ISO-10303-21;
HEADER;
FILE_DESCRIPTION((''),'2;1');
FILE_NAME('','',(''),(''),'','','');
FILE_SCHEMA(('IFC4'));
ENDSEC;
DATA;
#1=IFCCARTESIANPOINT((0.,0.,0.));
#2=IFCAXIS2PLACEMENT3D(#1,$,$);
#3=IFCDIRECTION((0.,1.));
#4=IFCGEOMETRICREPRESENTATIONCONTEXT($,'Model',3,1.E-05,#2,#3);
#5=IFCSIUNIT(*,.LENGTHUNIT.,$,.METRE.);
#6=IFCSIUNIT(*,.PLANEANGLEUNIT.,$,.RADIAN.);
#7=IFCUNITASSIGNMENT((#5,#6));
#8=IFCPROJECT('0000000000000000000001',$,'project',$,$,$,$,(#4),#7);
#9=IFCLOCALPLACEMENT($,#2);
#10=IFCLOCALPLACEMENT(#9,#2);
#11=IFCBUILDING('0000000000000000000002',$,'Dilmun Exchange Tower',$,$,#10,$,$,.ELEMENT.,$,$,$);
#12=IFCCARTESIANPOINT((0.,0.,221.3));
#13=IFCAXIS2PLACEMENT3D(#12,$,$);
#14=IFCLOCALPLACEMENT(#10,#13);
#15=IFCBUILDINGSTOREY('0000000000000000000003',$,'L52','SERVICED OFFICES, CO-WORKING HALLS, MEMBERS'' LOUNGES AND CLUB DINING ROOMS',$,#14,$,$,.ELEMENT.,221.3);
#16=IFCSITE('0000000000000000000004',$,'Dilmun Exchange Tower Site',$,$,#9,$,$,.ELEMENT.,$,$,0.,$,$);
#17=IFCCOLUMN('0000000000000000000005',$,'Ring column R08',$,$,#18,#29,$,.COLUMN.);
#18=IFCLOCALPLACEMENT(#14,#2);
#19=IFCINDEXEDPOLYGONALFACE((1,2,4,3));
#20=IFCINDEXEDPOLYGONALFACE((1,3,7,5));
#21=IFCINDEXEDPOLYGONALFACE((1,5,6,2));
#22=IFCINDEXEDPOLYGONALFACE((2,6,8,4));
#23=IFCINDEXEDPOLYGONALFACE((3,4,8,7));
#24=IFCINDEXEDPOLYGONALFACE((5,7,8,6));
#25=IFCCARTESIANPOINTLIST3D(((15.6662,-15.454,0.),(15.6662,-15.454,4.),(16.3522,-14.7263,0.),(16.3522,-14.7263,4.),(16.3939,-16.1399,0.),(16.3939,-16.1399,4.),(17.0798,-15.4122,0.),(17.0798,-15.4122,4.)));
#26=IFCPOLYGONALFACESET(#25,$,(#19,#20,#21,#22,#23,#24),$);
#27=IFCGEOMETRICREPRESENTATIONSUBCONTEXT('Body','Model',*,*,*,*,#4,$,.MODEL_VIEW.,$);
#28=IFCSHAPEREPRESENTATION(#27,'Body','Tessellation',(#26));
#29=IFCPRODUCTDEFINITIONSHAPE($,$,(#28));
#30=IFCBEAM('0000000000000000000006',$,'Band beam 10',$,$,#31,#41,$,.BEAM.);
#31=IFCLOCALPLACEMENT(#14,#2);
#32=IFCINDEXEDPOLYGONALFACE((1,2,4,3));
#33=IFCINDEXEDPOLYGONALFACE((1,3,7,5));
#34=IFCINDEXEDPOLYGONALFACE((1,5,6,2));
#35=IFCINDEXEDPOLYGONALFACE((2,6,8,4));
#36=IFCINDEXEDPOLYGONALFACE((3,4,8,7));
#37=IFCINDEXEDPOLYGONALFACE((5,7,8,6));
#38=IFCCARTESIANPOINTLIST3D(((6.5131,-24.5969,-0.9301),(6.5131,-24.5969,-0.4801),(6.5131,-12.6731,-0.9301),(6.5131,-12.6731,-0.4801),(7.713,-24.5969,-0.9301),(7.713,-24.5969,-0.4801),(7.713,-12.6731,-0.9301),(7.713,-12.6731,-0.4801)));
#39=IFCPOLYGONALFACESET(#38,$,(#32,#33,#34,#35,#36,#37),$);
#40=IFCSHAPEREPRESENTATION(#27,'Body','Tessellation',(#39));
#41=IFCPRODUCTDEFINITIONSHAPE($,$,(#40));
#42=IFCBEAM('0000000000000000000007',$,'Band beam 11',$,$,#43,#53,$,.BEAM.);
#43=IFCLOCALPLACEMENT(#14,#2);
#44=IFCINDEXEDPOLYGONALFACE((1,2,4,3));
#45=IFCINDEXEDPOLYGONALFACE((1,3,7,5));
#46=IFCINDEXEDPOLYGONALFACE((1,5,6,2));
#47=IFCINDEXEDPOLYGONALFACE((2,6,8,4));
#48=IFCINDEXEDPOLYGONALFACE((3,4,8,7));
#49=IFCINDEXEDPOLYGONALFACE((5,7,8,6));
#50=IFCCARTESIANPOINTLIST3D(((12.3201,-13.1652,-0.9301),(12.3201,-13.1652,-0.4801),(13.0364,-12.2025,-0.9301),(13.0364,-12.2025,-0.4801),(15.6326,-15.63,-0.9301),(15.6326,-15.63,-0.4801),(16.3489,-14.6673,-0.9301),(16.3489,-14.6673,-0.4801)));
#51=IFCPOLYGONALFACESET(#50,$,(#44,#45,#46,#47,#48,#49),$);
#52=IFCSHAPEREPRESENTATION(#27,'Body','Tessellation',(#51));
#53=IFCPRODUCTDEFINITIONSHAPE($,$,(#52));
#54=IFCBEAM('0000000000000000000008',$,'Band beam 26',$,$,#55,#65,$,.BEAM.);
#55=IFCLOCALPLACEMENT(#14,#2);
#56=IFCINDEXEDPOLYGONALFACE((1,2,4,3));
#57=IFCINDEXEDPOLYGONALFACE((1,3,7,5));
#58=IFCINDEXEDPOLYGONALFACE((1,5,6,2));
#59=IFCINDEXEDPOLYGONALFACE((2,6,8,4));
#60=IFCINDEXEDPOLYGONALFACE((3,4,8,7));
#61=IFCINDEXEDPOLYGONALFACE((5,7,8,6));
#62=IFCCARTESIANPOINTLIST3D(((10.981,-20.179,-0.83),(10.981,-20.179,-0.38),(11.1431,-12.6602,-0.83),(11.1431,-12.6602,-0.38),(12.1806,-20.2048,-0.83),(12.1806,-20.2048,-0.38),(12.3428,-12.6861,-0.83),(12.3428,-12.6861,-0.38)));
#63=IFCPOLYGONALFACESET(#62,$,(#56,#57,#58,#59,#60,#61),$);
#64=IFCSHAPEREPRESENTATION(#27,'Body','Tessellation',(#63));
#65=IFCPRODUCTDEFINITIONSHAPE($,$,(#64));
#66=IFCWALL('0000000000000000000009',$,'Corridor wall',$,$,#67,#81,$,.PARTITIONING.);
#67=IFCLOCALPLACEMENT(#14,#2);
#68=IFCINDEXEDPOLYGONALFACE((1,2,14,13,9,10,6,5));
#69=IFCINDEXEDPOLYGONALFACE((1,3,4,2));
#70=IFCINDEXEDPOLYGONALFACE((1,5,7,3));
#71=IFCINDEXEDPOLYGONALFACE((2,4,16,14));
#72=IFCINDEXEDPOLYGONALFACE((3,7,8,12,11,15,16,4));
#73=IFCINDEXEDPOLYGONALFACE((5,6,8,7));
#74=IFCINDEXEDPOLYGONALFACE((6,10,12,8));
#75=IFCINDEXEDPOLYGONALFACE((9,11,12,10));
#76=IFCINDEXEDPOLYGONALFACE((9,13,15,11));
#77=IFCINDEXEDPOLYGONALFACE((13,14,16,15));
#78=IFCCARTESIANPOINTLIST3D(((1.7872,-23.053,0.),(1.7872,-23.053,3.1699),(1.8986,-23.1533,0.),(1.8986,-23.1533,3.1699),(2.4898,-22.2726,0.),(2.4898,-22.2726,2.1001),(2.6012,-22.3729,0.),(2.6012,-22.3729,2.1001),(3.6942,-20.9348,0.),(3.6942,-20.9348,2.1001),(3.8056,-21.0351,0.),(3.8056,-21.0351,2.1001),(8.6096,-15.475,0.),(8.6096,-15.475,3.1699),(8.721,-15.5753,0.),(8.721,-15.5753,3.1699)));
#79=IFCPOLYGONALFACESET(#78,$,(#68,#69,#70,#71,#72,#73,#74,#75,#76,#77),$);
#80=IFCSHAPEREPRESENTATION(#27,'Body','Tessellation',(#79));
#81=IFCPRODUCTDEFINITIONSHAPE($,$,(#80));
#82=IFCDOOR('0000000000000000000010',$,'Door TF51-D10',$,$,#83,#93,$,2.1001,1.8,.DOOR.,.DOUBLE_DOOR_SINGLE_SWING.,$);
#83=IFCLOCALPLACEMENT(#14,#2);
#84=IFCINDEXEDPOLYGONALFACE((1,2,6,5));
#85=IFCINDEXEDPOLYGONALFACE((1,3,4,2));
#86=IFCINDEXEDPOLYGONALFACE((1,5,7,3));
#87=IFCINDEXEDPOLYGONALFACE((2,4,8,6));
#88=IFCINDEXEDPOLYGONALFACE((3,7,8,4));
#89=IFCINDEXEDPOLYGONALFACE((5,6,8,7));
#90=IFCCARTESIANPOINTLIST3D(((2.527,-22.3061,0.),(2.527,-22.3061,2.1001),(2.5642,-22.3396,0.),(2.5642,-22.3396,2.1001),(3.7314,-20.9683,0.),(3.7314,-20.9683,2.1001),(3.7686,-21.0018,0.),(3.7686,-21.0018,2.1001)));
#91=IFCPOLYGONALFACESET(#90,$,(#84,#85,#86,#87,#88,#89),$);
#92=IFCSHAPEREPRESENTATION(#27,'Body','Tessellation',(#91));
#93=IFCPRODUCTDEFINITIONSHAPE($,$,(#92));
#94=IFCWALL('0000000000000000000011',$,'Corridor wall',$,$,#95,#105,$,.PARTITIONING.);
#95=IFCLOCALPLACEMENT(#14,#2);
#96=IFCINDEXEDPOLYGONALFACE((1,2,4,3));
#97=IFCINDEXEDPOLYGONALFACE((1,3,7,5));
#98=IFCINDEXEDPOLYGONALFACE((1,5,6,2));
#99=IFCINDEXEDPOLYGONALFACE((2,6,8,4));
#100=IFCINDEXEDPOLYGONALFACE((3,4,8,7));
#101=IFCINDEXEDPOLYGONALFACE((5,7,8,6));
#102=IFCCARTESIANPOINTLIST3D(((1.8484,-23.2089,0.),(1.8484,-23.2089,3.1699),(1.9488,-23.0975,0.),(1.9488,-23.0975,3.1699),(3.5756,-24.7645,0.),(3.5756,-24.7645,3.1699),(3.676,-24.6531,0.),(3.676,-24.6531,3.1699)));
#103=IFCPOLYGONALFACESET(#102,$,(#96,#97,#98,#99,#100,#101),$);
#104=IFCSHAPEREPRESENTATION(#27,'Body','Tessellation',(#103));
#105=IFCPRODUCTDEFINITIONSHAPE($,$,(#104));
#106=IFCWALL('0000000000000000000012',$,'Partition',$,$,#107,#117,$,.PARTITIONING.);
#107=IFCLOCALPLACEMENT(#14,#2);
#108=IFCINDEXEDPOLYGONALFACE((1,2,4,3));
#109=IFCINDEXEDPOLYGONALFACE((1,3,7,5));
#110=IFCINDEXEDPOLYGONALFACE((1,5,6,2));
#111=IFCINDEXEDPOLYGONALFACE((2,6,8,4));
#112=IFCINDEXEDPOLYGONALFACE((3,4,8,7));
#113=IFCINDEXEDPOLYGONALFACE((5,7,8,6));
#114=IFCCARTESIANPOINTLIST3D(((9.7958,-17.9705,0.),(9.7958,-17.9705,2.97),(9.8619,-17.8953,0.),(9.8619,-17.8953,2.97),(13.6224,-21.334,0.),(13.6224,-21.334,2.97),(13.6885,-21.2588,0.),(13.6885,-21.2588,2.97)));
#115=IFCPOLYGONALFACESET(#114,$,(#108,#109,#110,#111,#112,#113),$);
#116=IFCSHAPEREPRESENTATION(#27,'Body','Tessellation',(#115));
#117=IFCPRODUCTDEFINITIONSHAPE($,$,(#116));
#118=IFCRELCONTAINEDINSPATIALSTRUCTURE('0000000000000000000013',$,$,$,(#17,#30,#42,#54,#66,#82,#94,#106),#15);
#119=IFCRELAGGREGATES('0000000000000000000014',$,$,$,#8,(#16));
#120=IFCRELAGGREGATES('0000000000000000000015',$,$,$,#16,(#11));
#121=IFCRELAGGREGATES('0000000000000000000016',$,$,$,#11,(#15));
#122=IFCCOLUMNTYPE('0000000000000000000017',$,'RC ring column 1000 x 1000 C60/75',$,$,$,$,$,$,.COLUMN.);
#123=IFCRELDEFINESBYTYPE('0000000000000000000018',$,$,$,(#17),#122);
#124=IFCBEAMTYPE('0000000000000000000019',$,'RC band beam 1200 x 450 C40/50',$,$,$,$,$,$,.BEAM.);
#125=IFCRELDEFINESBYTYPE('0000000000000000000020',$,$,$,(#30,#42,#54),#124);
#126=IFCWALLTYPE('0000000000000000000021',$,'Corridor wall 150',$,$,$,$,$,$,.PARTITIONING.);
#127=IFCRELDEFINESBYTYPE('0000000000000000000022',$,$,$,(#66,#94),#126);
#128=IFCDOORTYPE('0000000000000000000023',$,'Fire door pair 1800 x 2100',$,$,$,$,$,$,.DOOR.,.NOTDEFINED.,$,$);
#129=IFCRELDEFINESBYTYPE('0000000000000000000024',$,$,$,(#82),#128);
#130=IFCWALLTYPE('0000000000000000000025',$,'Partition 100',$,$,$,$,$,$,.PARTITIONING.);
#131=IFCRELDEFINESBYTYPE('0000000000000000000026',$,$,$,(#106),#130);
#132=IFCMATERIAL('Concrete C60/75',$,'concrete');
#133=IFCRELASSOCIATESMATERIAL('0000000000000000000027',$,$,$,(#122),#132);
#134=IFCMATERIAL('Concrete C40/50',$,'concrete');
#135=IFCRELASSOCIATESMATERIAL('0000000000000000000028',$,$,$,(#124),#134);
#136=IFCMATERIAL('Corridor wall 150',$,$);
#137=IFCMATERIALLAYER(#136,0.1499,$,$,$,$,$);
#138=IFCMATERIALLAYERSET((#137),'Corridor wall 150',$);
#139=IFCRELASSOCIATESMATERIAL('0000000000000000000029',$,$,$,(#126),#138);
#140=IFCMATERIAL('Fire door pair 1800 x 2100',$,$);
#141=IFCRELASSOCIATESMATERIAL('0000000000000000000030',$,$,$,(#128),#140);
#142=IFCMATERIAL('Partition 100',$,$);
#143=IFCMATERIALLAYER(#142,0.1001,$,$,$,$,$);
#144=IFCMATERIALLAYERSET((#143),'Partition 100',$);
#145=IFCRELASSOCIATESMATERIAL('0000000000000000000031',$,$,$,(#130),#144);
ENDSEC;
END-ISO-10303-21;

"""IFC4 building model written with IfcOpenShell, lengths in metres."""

from ifc_helpers import new_model, si_unit, direction, frame, frame_2d, origin, origin_2d, place, context, subcontext, project, spatial, rectangle, extrude, material, layer, layer_set, material_profile, profile_set, type_object, element, fill, save


model = new_model("IFC4")

# Units and contexts
model_context = context("Model", 3, precision=1e-05, world=origin(), true_north=direction((0.0, 1.0)))
body_context = subcontext(model_context, "Body", "Model", "MODEL_VIEW")
ifc_project = project(units=[si_unit("LENGTHUNIT", "METRE"), si_unit("PLANEANGLEUNIT", "RADIAN")], contexts=[model_context])

# Site, building, storey
site_placement = place(None, origin())
site = spatial("IfcSite", under=ifc_project, at=site_placement, Name="Dilmun Exchange Tower Site", CompositionType="ELEMENT", RefElevation=0.0)
building_placement = place(site_placement, origin())
building = spatial("IfcBuilding", under=site, at=building_placement, Name="Dilmun Exchange Tower", CompositionType="ELEMENT")
storey_placement = place(building_placement, frame((0.0, 0.0, 221.3)))
storey = spatial("IfcBuildingStorey", under=building, at=storey_placement, Name="L52", Description="SERVICED OFFICES, CO-WORKING HALLS, MEMBERS' LOUNGES AND CLUB DINING ROOMS", CompositionType="ELEMENT", Elevation=221.3)

# Column
ifc_material_1 = material(Name="Concrete C60/75", Category="concrete")
ifc_material_profile_1 = material_profile(ifc_material_1, rectangle(XDim=1.0, YDim=1.0, at=origin_2d()), Name="1000 x 1000")
ifc_profile_set_1 = profile_set([ifc_material_profile_1], Name="Concrete C60/75")
column_type = type_object("IfcColumnType", Name="RC ring column 1000 x 1000 C60/75", PredefinedType="COLUMN", material=ifc_profile_set_1)
column_placement = place(storey_placement, frame((16.373, -15.4331, 0.0), z_axis=(0.0, 0.0, 1.0), x_axis=(0.685916, 0.727681, 0.0)))
element("IfcColumn", 1, at=column_placement, inside=storey, type_object=column_type, Name="Ring column R08", PredefinedType="COLUMN", context=body_context, shape_type="SweptSolid", body=[
    extrude(rectangle(XDim=1.0, YDim=1.0, at=origin_2d()), origin(), (0.0, 0.0, 1.0), 4.0),
])

# Beams
ifc_material_2 = material(Name="Concrete C40/50", Category="concrete")
ifc_material_profile_2 = material_profile(ifc_material_2, rectangle(XDim=1.2, YDim=0.45, at=origin_2d()), Name="1200 x 450")
ifc_profile_set_2 = profile_set([ifc_material_profile_2], Name="Concrete C40/50")
beam_type = type_object("IfcBeamType", Name="RC band beam 1200 x 450 C40/50", PredefinedType="BEAM", material=ifc_profile_set_2)
beam_1_placement = place(storey_placement, frame((7.113, -24.5969, -0.7051), z_axis=(0.0, 1.0, 0.0), x_axis=(-1.0, 0.0, 0.0)))
element("IfcBeam", 2, at=beam_1_placement, inside=storey, type_object=beam_type, Name="Band beam 10", PredefinedType="BEAM", context=body_context, shape_type="SweptSolid", body=[
    extrude(rectangle(XDim=1.2, YDim=0.45, at=origin_2d()), origin(), (0.0, 0.0, 1.0), 11.9238),
])
beam_2_placement = place(storey_placement, frame((15.9907, -15.1487, -0.7051), z_axis=(-0.802265, 0.596968, 0.0), x_axis=(-0.596968, -0.802265, 0.0)))
element("IfcBeam", 3, at=beam_2_placement, inside=storey, type_object=beam_type, Name="Band beam 11", PredefinedType="BEAM", context=body_context, shape_type="SweptSolid", body=[
    extrude(rectangle(XDim=1.2, YDim=0.45, at=origin_2d()), origin(), (0.0, 0.0, 1.0), 4.1289),
])
beam_3_placement = place(storey_placement, frame((11.5808, -20.1919, -0.605), z_axis=(0.021556, 0.999768, 0.0), x_axis=(-0.999768, 0.021556, 0.0)))
element("IfcBeam", 4, at=beam_3_placement, inside=storey, type_object=beam_type, Name="Band beam 26", PredefinedType="BEAM", context=body_context, shape_type="SweptSolid", body=[
    extrude(rectangle(XDim=1.2, YDim=0.45, at=origin_2d()), origin(), (0.0, 0.0, 1.0), 7.5205),
])

# Wall, opening, door
ifc_material_3 = material(Name="Corridor wall 150")
ifc_layer_1 = layer(ifc_material_3, 0.1499)
ifc_layer_set_1 = layer_set([ifc_layer_1], Name="Corridor wall 150")
wall_type_1 = type_object("IfcWallType", Name="Corridor wall 150", PredefinedType="PARTITIONING", material=ifc_layer_set_1)
wall_1_placement = place(storey_placement, frame((1.843, -23.103, 0.0), z_axis=(0.0, 0.0, 1.0), x_axis=(0.669082, 0.743188, 0.0)))
wall_1 = element("IfcWall", 5, at=wall_1_placement, inside=storey, type_object=wall_type_1, Name="Corridor wall", PredefinedType="PARTITIONING", context=body_context, shape_type="SweptSolid", body=[
    extrude(rectangle(XDim=10.1965, YDim=0.1499, at=frame_2d((5.0981, 0.0))), origin(), (0.0, 0.0, 1.0), 3.1699),
])
opening_placement = place(wall_1_placement, frame((1.05, 0.0, 0.0)))
opening = element("IfcOpeningElement", 6, at=opening_placement, cuts=wall_1, PredefinedType="OPENING", context=body_context, shape_type="SweptSolid", body=[
    extrude(rectangle(XDim=1.8, YDim=2.1001, at=frame_2d((0.8999, 1.05))), frame((0.0, 0.085, 0.0), z_axis=(0.0, -1.0, 0.0), x_axis=(1.0, 0.0, 0.0)), (0.0, 0.0, 1.0), 0.1699),
])
ifc_material_4 = material(Name="Fire door pair 1800 x 2100")
door_type = type_object("IfcDoorType", Name="Fire door pair 1800 x 2100", OperationType="NOTDEFINED", PredefinedType="DOOR", material=ifc_material_4)
door_placement = place(opening_placement, origin())
door = element("IfcDoor", 7, at=door_placement, inside=storey, type_object=door_type, Name="Door TF51-D10", OperationType="DOUBLE_DOOR_SINGLE_SWING", OverallHeight=2.1001, OverallWidth=1.8, PredefinedType="DOOR", context=body_context, shape_type="SweptSolid", body=[
    extrude(rectangle(XDim=1.8, YDim=2.1001, at=frame_2d((0.8999, 1.05))), frame((0.0, 0.0249, 0.0), z_axis=(0.0, -1.0, 0.0), x_axis=(1.0, 0.0, 0.0)), (0.0, 0.0, 1.0), 0.05),
])
fill(opening, door)

# Walls
wall_2_placement = place(storey_placement, frame((1.8987, -23.1533, 0.0), z_axis=(0.0, 0.0, 1.0), x_axis=(0.743059, -0.669226, 0.0)))
element("IfcWall", 8, at=wall_2_placement, inside=storey, type_object=wall_type_1, Name="Corridor wall", PredefinedType="PARTITIONING", context=body_context, shape_type="SweptSolid", body=[
    extrude(rectangle(XDim=2.3245, YDim=0.1499, at=frame_2d((1.1621, 0.0))), origin(), (0.0, 0.0, 1.0), 3.1699),
])
ifc_material_5 = material(Name="Partition 100")
ifc_layer_2 = layer(ifc_material_5, 0.1001)
ifc_layer_set_2 = layer_set([ifc_layer_2], Name="Partition 100")
wall_type_2 = type_object("IfcWallType", Name="Partition 100", PredefinedType="PARTITIONING", material=ifc_layer_set_2)
wall_3_placement = place(storey_placement, frame((9.8289, -17.9329, 0.0), z_axis=(0.0, 0.0, 1.0), x_axis=(0.751096, -0.660192, 0.0)))
element("IfcWall", 9, at=wall_3_placement, inside=storey, type_object=wall_type_2, Name="Partition", PredefinedType="PARTITIONING", context=body_context, shape_type="SweptSolid", body=[
    extrude(rectangle(XDim=5.0947, YDim=0.1001, at=frame_2d((2.5474, 0.0))), origin(), (0.0, 0.0, 1.0), 2.97),
])

save(model, "model.ifc")
